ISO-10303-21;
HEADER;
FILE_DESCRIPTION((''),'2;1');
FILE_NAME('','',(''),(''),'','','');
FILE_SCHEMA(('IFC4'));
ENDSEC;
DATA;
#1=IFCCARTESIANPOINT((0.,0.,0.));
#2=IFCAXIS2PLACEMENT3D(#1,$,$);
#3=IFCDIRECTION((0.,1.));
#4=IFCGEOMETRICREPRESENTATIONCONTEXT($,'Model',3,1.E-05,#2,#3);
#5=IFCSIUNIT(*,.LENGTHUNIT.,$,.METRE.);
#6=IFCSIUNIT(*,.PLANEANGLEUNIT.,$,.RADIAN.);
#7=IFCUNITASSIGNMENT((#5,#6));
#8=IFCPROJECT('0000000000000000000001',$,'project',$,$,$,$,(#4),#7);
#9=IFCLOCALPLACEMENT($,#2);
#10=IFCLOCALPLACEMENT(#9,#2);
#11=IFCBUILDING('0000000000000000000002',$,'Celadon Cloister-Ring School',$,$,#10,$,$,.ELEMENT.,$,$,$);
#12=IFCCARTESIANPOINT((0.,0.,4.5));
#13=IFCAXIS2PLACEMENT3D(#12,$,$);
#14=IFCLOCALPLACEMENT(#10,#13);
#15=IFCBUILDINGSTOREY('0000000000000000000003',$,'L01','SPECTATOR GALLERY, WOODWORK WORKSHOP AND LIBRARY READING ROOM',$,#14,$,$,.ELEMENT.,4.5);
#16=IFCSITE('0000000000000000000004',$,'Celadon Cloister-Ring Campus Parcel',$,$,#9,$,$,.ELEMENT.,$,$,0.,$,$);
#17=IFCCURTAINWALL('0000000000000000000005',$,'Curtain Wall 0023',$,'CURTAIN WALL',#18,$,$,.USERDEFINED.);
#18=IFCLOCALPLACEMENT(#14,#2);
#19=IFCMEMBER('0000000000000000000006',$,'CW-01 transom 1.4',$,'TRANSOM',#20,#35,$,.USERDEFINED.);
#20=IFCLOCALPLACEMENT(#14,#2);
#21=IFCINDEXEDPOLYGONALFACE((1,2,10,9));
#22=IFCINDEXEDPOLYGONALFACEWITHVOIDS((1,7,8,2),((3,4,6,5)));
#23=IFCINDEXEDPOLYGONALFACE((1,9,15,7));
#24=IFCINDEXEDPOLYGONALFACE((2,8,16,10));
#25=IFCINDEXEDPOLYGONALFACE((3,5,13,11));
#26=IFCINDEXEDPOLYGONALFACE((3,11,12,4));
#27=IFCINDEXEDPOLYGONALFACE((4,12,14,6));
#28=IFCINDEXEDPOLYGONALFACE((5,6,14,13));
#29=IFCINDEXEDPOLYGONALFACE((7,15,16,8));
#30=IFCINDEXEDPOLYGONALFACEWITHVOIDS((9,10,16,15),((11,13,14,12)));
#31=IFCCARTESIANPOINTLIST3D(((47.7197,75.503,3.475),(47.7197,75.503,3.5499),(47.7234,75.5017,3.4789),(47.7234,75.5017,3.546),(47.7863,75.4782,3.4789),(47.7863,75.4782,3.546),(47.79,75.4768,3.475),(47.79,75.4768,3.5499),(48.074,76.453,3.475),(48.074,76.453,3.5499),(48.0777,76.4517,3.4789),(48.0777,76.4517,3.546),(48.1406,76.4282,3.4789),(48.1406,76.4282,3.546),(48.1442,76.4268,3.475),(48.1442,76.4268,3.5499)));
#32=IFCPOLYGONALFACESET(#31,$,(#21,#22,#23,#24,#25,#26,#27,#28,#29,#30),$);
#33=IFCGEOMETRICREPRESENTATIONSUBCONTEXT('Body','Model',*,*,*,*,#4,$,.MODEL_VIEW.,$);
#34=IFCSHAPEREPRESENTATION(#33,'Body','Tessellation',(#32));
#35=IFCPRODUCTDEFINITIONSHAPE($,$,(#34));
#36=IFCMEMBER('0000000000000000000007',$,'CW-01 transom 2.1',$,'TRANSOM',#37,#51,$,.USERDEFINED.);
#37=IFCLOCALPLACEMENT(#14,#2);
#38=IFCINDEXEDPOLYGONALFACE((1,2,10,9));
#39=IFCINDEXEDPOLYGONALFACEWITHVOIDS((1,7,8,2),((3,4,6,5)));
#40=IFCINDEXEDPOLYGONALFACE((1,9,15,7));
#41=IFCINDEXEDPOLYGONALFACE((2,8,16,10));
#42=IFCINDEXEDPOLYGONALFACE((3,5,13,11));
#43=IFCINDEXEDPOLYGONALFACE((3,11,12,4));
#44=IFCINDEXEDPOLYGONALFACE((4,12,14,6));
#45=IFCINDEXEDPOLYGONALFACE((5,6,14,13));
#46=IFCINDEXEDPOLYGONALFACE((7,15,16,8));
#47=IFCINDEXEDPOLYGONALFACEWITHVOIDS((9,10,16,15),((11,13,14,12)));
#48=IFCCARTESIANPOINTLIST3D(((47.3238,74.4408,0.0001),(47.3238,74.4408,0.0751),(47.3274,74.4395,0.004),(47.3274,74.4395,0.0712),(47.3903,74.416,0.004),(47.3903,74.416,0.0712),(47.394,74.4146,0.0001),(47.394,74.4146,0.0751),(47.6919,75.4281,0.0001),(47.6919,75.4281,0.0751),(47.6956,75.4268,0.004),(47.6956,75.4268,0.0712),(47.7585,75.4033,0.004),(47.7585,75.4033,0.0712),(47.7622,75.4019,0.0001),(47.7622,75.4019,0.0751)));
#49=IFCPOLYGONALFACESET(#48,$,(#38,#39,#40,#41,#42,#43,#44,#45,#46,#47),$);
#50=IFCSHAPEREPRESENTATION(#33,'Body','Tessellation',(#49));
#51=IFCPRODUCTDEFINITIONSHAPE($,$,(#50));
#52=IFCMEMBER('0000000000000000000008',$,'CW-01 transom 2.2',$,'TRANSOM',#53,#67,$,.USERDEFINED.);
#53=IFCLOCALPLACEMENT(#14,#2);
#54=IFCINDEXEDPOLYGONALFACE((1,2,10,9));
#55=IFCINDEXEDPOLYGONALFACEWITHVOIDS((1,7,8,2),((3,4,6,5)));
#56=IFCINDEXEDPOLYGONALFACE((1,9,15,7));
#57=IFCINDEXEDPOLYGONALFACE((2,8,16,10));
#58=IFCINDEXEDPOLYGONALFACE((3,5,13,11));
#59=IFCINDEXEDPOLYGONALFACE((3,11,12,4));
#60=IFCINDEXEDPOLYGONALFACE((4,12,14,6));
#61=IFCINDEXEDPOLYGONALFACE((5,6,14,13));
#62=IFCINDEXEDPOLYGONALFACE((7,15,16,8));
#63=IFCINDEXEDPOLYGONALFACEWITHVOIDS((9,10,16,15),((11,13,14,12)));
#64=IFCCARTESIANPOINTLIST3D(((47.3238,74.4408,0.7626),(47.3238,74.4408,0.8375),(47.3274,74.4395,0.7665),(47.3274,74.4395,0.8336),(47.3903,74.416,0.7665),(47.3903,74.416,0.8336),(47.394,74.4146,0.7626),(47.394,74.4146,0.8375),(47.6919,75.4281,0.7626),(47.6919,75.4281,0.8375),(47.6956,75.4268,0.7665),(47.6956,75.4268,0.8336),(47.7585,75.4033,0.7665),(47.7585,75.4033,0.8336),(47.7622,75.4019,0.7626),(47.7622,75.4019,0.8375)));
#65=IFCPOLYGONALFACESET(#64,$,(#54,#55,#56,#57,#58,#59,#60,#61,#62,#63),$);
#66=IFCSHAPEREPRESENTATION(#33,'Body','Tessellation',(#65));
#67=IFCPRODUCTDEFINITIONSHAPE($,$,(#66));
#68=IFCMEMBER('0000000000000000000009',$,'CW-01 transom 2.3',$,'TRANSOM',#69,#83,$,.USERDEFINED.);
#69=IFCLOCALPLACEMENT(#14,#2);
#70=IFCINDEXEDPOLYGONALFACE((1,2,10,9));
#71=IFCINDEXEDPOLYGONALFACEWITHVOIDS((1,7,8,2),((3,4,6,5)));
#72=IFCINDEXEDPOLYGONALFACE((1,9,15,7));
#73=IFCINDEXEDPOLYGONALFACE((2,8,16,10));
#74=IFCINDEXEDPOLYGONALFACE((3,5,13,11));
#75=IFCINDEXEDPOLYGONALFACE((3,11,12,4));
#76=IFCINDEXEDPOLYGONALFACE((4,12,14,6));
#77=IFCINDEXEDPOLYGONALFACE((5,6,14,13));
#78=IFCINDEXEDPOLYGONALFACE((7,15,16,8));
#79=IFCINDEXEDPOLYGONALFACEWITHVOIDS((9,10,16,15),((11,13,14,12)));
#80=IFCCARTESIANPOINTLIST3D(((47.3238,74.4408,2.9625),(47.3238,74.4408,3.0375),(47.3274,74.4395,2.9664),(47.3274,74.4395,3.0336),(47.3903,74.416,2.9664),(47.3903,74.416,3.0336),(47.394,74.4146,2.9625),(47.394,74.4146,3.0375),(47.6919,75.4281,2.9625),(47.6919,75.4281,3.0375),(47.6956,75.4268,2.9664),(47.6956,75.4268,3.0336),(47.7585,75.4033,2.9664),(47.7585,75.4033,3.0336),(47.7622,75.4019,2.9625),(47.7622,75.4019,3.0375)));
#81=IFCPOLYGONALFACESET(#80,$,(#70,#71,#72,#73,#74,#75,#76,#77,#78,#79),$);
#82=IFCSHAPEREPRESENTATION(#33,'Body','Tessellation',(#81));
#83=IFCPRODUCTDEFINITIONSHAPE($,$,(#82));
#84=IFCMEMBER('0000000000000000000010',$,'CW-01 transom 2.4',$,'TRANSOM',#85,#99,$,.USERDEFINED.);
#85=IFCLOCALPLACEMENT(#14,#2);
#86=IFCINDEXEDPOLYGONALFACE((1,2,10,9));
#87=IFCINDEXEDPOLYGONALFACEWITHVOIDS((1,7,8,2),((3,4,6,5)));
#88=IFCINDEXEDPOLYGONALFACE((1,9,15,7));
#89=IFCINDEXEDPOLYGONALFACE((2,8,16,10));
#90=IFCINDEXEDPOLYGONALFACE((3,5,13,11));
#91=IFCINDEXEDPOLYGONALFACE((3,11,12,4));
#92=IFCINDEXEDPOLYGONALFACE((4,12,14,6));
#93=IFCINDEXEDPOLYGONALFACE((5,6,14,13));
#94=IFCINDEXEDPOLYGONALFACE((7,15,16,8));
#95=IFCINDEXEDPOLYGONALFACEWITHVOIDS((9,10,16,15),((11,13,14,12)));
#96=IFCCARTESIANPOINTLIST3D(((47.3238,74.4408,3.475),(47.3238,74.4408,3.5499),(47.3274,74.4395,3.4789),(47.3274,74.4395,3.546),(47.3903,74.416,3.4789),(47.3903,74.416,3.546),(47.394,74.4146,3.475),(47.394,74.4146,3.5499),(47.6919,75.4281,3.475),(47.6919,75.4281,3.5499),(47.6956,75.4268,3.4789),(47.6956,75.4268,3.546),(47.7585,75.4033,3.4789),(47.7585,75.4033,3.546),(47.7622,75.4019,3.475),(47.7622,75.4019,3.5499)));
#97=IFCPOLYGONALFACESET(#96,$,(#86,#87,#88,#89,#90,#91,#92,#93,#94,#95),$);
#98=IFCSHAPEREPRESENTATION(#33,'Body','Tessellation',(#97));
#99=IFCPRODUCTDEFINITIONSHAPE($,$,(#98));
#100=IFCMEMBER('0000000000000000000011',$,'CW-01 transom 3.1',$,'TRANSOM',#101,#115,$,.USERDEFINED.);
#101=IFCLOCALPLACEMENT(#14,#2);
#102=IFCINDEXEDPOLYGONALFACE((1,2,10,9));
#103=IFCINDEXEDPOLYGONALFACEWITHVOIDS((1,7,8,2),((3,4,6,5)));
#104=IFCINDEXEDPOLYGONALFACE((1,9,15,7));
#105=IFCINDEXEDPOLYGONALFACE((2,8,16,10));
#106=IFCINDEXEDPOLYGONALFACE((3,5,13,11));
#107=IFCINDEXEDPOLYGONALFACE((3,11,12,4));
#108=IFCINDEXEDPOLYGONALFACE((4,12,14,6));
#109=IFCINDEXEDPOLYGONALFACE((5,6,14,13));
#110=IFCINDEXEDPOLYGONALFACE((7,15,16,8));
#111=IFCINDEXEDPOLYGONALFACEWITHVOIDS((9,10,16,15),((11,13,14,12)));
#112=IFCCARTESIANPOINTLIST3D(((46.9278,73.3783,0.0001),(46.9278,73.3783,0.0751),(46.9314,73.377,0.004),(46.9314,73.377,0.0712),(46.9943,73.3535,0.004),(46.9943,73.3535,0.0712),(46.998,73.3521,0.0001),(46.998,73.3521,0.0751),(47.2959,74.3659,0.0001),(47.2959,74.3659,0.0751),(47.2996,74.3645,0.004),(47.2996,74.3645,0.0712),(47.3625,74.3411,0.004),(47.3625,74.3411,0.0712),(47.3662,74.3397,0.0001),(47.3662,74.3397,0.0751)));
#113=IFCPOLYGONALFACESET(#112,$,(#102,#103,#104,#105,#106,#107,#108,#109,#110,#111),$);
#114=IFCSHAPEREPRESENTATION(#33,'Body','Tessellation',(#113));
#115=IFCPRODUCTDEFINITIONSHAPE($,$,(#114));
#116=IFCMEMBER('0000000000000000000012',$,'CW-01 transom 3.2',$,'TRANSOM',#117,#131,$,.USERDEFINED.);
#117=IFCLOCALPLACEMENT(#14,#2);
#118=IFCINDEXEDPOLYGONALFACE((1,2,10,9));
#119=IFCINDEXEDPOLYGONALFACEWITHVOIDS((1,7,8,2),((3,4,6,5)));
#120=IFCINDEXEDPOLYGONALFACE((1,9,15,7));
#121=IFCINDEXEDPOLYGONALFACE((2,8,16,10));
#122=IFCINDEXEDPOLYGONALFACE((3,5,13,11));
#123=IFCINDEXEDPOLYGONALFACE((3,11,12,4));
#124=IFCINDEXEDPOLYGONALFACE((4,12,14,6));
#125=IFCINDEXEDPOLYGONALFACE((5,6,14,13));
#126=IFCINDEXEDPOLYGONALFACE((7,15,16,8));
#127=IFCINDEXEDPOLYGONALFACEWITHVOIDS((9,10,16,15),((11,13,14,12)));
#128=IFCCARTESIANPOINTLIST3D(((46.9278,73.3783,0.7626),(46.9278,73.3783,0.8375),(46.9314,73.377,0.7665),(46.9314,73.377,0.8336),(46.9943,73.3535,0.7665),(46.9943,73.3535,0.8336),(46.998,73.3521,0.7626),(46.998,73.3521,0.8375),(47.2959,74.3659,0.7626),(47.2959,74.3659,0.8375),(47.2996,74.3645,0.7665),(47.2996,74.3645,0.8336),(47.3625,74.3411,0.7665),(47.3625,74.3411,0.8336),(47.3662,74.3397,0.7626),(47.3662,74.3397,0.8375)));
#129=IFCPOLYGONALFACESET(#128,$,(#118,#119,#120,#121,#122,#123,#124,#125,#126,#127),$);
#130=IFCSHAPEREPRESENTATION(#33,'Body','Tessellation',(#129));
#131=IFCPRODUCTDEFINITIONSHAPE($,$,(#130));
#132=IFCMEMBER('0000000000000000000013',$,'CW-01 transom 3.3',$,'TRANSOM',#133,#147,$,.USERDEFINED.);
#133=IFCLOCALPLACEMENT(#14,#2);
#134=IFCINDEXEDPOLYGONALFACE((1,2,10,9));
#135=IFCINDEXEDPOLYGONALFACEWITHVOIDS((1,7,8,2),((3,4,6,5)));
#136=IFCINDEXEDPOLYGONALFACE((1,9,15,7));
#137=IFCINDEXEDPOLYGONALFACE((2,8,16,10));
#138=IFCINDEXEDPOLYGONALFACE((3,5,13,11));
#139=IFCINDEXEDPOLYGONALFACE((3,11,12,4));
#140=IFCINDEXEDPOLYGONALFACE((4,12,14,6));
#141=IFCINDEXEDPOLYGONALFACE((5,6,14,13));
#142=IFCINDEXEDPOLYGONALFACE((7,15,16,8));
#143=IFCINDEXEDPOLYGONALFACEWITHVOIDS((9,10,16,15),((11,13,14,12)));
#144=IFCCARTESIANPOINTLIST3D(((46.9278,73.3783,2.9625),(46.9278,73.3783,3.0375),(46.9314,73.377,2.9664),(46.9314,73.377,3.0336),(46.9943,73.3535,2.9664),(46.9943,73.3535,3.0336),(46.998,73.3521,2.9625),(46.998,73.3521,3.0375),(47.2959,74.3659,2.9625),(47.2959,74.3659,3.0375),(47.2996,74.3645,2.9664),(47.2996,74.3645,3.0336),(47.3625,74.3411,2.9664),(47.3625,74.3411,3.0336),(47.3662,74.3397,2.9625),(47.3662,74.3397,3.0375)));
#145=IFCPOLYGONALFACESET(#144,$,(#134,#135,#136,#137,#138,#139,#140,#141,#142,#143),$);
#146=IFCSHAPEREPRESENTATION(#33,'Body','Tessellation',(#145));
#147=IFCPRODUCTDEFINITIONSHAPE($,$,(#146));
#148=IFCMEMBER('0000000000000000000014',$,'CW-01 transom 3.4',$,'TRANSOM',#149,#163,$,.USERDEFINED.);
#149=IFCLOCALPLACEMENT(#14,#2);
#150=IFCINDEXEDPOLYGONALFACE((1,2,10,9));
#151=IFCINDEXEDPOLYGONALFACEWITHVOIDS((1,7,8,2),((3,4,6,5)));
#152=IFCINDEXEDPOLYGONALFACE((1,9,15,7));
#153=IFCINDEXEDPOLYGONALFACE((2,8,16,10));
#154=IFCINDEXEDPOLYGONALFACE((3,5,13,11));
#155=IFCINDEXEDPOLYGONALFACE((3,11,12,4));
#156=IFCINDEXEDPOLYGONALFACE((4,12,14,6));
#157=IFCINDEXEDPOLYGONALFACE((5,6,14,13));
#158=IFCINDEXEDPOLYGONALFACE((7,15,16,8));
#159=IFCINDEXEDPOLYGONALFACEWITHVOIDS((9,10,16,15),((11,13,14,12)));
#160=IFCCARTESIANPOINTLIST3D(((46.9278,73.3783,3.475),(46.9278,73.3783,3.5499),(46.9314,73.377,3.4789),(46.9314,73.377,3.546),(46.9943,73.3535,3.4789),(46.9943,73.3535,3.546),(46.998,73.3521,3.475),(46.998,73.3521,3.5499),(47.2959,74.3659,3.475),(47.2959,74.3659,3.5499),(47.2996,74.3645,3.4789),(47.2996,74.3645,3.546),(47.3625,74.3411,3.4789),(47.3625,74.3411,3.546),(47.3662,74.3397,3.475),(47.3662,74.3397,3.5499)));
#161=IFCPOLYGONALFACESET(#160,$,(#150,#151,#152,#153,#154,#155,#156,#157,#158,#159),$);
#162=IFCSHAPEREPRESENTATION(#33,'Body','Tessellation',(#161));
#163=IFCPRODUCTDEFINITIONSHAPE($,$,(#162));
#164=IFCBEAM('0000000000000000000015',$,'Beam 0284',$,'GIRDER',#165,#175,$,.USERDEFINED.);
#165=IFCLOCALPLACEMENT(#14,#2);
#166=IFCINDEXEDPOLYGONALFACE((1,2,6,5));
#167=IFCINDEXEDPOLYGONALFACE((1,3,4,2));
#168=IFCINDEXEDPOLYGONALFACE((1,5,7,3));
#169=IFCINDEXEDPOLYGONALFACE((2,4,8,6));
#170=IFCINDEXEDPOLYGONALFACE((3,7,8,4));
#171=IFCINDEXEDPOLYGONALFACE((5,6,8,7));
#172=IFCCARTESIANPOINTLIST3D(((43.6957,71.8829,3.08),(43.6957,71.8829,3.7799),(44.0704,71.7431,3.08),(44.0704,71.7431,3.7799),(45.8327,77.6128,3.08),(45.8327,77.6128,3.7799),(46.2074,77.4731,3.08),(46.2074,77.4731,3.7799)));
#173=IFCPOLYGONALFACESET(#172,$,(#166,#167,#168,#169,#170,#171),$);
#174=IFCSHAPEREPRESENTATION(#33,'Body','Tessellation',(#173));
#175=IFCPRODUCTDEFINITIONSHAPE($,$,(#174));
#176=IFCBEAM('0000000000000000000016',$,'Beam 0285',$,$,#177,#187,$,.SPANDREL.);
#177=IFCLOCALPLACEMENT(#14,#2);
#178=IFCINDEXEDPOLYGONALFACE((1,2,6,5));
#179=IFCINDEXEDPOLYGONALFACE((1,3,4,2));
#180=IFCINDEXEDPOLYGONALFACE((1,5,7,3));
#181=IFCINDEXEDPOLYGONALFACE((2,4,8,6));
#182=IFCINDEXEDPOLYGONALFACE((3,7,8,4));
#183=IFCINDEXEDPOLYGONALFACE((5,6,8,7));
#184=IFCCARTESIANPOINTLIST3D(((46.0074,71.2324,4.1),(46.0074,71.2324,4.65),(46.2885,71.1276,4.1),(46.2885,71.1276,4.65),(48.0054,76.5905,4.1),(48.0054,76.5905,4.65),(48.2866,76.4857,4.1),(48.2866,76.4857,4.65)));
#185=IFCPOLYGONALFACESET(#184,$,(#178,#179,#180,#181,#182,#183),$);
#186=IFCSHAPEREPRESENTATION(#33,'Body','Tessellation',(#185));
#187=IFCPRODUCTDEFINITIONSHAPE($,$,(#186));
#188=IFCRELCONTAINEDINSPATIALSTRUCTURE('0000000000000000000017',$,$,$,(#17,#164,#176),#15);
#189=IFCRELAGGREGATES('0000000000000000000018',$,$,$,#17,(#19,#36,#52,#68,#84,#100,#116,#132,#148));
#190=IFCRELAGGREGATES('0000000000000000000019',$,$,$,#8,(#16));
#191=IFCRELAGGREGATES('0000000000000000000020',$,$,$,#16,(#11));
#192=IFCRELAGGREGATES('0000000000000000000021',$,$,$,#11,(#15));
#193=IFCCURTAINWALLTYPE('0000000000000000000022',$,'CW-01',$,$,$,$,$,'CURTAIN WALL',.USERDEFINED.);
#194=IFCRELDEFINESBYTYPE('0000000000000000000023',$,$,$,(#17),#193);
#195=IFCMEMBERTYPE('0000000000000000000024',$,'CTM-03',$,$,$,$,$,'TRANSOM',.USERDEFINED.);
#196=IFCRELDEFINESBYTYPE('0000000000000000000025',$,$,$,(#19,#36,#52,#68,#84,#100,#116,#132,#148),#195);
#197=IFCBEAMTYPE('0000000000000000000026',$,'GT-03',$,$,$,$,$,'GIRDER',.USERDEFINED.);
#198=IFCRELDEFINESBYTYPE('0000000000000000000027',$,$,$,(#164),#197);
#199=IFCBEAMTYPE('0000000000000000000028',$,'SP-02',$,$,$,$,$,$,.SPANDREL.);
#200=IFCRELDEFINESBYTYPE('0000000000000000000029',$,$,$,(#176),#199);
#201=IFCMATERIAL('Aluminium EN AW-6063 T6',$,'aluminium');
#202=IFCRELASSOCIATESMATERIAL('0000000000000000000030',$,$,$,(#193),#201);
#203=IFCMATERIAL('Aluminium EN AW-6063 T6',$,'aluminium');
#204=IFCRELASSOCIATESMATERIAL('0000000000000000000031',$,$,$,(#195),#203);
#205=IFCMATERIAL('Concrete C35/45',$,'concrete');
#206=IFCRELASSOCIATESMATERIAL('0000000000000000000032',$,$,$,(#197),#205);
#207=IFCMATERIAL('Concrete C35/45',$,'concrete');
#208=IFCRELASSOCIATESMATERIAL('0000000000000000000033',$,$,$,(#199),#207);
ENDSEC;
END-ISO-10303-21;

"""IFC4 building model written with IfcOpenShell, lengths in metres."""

from ifc_helpers import new_model, si_unit, direction, frame, origin, origin_2d, place, context, subcontext, project, spatial, rectangle, hollow_rectangle, extrude, material, material_profile, profile_set, type_object, element, aggregate, save


model = new_model("IFC4")

# Units and contexts
model_context = context("Model", 3, precision=1e-05, world=origin(), true_north=direction((0.0, 1.0)))
body_context = subcontext(model_context, "Body", "Model", "MODEL_VIEW")
ifc_project = project(units=[si_unit("LENGTHUNIT", "METRE"), si_unit("PLANEANGLEUNIT", "RADIAN")], contexts=[model_context])

# Site, building, storey
site_placement = place(None, origin())
site = spatial("IfcSite", under=ifc_project, at=site_placement, Name="Celadon Cloister-Ring Campus Parcel", CompositionType="ELEMENT", RefElevation=0.0)
building_placement = place(site_placement, origin())
building = spatial("IfcBuilding", under=site, at=building_placement, Name="Celadon Cloister-Ring School", CompositionType="ELEMENT")
storey_placement = place(building_placement, frame((0.0, 0.0, 4.5)))
storey = spatial("IfcBuildingStorey", under=building, at=storey_placement, Name="L01", Description="SPECTATOR GALLERY, WOODWORK WORKSHOP AND LIBRARY READING ROOM", CompositionType="ELEMENT", Elevation=4.5)

# Curtain wall, members
ifc_material_1 = material(Name="Aluminium EN AW-6063 T6", Category="aluminium")
curtain_wall_type = type_object("IfcCurtainWallType", Name="CW-01", ElementType="CURTAIN WALL", PredefinedType="USERDEFINED", material=ifc_material_1)
curtain_wall_placement = place(storey_placement, origin())
curtain_wall = element("IfcCurtainWall", 1, at=curtain_wall_placement, inside=storey, type_object=curtain_wall_type, Name="Curtain Wall 0023", ObjectType="CURTAIN WALL", PredefinedType="USERDEFINED")
ifc_material_2 = material(Name="Aluminium EN AW-6063 T6", Category="aluminium")
ifc_material_profile_1 = material_profile(ifc_material_2, hollow_rectangle(XDim=0.075, YDim=0.075, WallThickness=0.0039, at=origin_2d()), Name="RHS75X75X4")
ifc_profile_set_1 = profile_set([ifc_material_profile_1], Name="Aluminium EN AW-6063 T6")
member_type_1 = type_object("IfcMemberType", Name="CTM-03", ElementType="TRANSOM", PredefinedType="USERDEFINED", material=ifc_profile_set_1)
member_1_placement = place(storey_placement, frame((48.1091, 76.4399, 3.5125), z_axis=(-0.349408, -0.936971, 0.0), x_axis=(0.936971, -0.349408, 0.0)))
member_1 = element("IfcMember", 2, at=member_1_placement, type_object=member_type_1, Name="CW-01 transom 1.4", ObjectType="TRANSOM", PredefinedType="USERDEFINED", context=body_context, shape_type="SweptSolid", body=[
    extrude(hollow_rectangle(XDim=0.075, YDim=0.075, WallThickness=0.0039, at=origin_2d()), origin(), (0.0, 0.0, 1.0), 1.0139),
])
member_2_placement = place(storey_placement, frame((47.7271, 75.415, 0.0376), z_axis=(-0.349396, -0.936975, 0.0), x_axis=(0.936975, -0.349396, 0.0)))
member_2 = element("IfcMember", 3, at=member_2_placement, type_object=member_type_1, Name="CW-01 transom 2.1", ObjectType="TRANSOM", PredefinedType="USERDEFINED", context=body_context, shape_type="SweptSolid", body=[
    extrude(hollow_rectangle(XDim=0.075, YDim=0.075, WallThickness=0.0039, at=origin_2d()), origin(), (0.0, 0.0, 1.0), 1.0537),
])
member_3_placement = place(storey_placement, frame((47.7271, 75.415, 0.8), z_axis=(-0.349396, -0.936975, 0.0), x_axis=(0.936975, -0.349396, 0.0)))
member_3 = element("IfcMember", 4, at=member_3_placement, type_object=member_type_1, Name="CW-01 transom 2.2", ObjectType="TRANSOM", PredefinedType="USERDEFINED", context=body_context, shape_type="SweptSolid", body=[
    extrude(hollow_rectangle(XDim=0.075, YDim=0.075, WallThickness=0.0039, at=origin_2d()), origin(), (0.0, 0.0, 1.0), 1.0537),
])
member_4_placement = place(storey_placement, frame((47.7271, 75.415, 3.0), z_axis=(-0.349396, -0.936975, 0.0), x_axis=(0.936975, -0.349396, 0.0)))
member_4 = element("IfcMember", 5, at=member_4_placement, type_object=member_type_1, Name="CW-01 transom 2.3", ObjectType="TRANSOM", PredefinedType="USERDEFINED", context=body_context, shape_type="SweptSolid", body=[
    extrude(hollow_rectangle(XDim=0.075, YDim=0.075, WallThickness=0.0039, at=origin_2d()), origin(), (0.0, 0.0, 1.0), 1.0537),
])
member_5_placement = place(storey_placement, frame((47.7271, 75.415, 3.5125), z_axis=(-0.349396, -0.936975, 0.0), x_axis=(0.936975, -0.349396, 0.0)))
member_5 = element("IfcMember", 6, at=member_5_placement, type_object=member_type_1, Name="CW-01 transom 2.4", ObjectType="TRANSOM", PredefinedType="USERDEFINED", context=body_context, shape_type="SweptSolid", body=[
    extrude(hollow_rectangle(XDim=0.075, YDim=0.075, WallThickness=0.0039, at=origin_2d()), origin(), (0.0, 0.0, 1.0), 1.0537),
])
member_6_placement = place(storey_placement, frame((47.3311, 74.3528, 0.0376), z_axis=(-0.34932, -0.937003, 0.0), x_axis=(0.937003, -0.34932, 0.0)))
member_6 = element("IfcMember", 7, at=member_6_placement, type_object=member_type_1, Name="CW-01 transom 3.1", ObjectType="TRANSOM", PredefinedType="USERDEFINED", context=body_context, shape_type="SweptSolid", body=[
    extrude(hollow_rectangle(XDim=0.075, YDim=0.075, WallThickness=0.0039, at=origin_2d()), origin(), (0.0, 0.0, 1.0), 1.054),
])
member_7_placement = place(storey_placement, frame((47.3311, 74.3528, 0.8), z_axis=(-0.34932, -0.937003, 0.0), x_axis=(0.937003, -0.34932, 0.0)))
member_7 = element("IfcMember", 8, at=member_7_placement, type_object=member_type_1, Name="CW-01 transom 3.2", ObjectType="TRANSOM", PredefinedType="USERDEFINED", context=body_context, shape_type="SweptSolid", body=[
    extrude(hollow_rectangle(XDim=0.075, YDim=0.075, WallThickness=0.0039, at=origin_2d()), origin(), (0.0, 0.0, 1.0), 1.054),
])
member_8_placement = place(storey_placement, frame((47.3311, 74.3528, 3.0), z_axis=(-0.34932, -0.937003, 0.0), x_axis=(0.937003, -0.34932, 0.0)))
member_8 = element("IfcMember", 9, at=member_8_placement, type_object=member_type_1, Name="CW-01 transom 3.3", ObjectType="TRANSOM", PredefinedType="USERDEFINED", context=body_context, shape_type="SweptSolid", body=[
    extrude(hollow_rectangle(XDim=0.075, YDim=0.075, WallThickness=0.0039, at=origin_2d()), origin(), (0.0, 0.0, 1.0), 1.054),
])
member_9_placement = place(storey_placement, frame((47.3311, 74.3528, 3.5125), z_axis=(-0.34932, -0.937003, 0.0), x_axis=(0.937003, -0.34932, 0.0)))
member_9 = element("IfcMember", 10, at=member_9_placement, type_object=member_type_1, Name="CW-01 transom 3.4", ObjectType="TRANSOM", PredefinedType="USERDEFINED", context=body_context, shape_type="SweptSolid", body=[
    extrude(hollow_rectangle(XDim=0.075, YDim=0.075, WallThickness=0.0039, at=origin_2d()), origin(), (0.0, 0.0, 1.0), 1.054),
])

# Beams
ifc_material_3 = material(Name="Concrete C35/45", Category="concrete")
ifc_material_profile_2 = material_profile(ifc_material_3, rectangle(XDim=0.3999, YDim=0.7, at=origin_2d()), Name="RC400X700")
ifc_profile_set_2 = profile_set([ifc_material_profile_2], Name="Concrete C35/45")
beam_type_1 = type_object("IfcBeamType", Name="GT-03", ElementType="GIRDER", PredefinedType="USERDEFINED", material=ifc_profile_set_2)
beam_1_placement = place(storey_placement, frame((46.02, 77.543, 3.4299), z_axis=(-0.349434, -0.936961, 0.0), x_axis=(0.936961, -0.349434, 0.0)))
element("IfcBeam", 11, at=beam_1_placement, inside=storey, type_object=beam_type_1, Name="Beam 0284", ObjectType="GIRDER", PredefinedType="USERDEFINED", context=body_context, shape_type="SweptSolid", body=[
    extrude(rectangle(XDim=0.3999, YDim=0.7, at=origin_2d()), origin(), (0.0, 0.0, 1.0), 6.1155),
])
ifc_material_4 = material(Name="Concrete C35/45", Category="concrete")
ifc_material_profile_3 = material_profile(ifc_material_4, rectangle(XDim=0.3, YDim=0.55, at=origin_2d()), Name="RC300X550")
ifc_profile_set_3 = profile_set([ifc_material_profile_3], Name="Concrete C35/45")
beam_type_2 = type_object("IfcBeamType", Name="SP-02", PredefinedType="SPANDREL", material=ifc_profile_set_3)
beam_2_placement = place(storey_placement, frame((48.146, 76.5381, 4.375), z_axis=(-0.349396, -0.936975, 0.0), x_axis=(0.936975, -0.349396, 0.0)))
element("IfcBeam", 12, at=beam_2_placement, inside=storey, type_object=beam_type_2, Name="Beam 0285", PredefinedType="SPANDREL", context=body_context, shape_type="SweptSolid", body=[
    extrude(rectangle(XDim=0.3, YDim=0.55, at=origin_2d()), origin(), (0.0, 0.0, 1.0), 5.7185),
])

aggregate(curtain_wall, [member_1, member_2, member_3, member_4, member_5, member_6, member_7, member_8, member_9])

save(model, "model.ifc")
